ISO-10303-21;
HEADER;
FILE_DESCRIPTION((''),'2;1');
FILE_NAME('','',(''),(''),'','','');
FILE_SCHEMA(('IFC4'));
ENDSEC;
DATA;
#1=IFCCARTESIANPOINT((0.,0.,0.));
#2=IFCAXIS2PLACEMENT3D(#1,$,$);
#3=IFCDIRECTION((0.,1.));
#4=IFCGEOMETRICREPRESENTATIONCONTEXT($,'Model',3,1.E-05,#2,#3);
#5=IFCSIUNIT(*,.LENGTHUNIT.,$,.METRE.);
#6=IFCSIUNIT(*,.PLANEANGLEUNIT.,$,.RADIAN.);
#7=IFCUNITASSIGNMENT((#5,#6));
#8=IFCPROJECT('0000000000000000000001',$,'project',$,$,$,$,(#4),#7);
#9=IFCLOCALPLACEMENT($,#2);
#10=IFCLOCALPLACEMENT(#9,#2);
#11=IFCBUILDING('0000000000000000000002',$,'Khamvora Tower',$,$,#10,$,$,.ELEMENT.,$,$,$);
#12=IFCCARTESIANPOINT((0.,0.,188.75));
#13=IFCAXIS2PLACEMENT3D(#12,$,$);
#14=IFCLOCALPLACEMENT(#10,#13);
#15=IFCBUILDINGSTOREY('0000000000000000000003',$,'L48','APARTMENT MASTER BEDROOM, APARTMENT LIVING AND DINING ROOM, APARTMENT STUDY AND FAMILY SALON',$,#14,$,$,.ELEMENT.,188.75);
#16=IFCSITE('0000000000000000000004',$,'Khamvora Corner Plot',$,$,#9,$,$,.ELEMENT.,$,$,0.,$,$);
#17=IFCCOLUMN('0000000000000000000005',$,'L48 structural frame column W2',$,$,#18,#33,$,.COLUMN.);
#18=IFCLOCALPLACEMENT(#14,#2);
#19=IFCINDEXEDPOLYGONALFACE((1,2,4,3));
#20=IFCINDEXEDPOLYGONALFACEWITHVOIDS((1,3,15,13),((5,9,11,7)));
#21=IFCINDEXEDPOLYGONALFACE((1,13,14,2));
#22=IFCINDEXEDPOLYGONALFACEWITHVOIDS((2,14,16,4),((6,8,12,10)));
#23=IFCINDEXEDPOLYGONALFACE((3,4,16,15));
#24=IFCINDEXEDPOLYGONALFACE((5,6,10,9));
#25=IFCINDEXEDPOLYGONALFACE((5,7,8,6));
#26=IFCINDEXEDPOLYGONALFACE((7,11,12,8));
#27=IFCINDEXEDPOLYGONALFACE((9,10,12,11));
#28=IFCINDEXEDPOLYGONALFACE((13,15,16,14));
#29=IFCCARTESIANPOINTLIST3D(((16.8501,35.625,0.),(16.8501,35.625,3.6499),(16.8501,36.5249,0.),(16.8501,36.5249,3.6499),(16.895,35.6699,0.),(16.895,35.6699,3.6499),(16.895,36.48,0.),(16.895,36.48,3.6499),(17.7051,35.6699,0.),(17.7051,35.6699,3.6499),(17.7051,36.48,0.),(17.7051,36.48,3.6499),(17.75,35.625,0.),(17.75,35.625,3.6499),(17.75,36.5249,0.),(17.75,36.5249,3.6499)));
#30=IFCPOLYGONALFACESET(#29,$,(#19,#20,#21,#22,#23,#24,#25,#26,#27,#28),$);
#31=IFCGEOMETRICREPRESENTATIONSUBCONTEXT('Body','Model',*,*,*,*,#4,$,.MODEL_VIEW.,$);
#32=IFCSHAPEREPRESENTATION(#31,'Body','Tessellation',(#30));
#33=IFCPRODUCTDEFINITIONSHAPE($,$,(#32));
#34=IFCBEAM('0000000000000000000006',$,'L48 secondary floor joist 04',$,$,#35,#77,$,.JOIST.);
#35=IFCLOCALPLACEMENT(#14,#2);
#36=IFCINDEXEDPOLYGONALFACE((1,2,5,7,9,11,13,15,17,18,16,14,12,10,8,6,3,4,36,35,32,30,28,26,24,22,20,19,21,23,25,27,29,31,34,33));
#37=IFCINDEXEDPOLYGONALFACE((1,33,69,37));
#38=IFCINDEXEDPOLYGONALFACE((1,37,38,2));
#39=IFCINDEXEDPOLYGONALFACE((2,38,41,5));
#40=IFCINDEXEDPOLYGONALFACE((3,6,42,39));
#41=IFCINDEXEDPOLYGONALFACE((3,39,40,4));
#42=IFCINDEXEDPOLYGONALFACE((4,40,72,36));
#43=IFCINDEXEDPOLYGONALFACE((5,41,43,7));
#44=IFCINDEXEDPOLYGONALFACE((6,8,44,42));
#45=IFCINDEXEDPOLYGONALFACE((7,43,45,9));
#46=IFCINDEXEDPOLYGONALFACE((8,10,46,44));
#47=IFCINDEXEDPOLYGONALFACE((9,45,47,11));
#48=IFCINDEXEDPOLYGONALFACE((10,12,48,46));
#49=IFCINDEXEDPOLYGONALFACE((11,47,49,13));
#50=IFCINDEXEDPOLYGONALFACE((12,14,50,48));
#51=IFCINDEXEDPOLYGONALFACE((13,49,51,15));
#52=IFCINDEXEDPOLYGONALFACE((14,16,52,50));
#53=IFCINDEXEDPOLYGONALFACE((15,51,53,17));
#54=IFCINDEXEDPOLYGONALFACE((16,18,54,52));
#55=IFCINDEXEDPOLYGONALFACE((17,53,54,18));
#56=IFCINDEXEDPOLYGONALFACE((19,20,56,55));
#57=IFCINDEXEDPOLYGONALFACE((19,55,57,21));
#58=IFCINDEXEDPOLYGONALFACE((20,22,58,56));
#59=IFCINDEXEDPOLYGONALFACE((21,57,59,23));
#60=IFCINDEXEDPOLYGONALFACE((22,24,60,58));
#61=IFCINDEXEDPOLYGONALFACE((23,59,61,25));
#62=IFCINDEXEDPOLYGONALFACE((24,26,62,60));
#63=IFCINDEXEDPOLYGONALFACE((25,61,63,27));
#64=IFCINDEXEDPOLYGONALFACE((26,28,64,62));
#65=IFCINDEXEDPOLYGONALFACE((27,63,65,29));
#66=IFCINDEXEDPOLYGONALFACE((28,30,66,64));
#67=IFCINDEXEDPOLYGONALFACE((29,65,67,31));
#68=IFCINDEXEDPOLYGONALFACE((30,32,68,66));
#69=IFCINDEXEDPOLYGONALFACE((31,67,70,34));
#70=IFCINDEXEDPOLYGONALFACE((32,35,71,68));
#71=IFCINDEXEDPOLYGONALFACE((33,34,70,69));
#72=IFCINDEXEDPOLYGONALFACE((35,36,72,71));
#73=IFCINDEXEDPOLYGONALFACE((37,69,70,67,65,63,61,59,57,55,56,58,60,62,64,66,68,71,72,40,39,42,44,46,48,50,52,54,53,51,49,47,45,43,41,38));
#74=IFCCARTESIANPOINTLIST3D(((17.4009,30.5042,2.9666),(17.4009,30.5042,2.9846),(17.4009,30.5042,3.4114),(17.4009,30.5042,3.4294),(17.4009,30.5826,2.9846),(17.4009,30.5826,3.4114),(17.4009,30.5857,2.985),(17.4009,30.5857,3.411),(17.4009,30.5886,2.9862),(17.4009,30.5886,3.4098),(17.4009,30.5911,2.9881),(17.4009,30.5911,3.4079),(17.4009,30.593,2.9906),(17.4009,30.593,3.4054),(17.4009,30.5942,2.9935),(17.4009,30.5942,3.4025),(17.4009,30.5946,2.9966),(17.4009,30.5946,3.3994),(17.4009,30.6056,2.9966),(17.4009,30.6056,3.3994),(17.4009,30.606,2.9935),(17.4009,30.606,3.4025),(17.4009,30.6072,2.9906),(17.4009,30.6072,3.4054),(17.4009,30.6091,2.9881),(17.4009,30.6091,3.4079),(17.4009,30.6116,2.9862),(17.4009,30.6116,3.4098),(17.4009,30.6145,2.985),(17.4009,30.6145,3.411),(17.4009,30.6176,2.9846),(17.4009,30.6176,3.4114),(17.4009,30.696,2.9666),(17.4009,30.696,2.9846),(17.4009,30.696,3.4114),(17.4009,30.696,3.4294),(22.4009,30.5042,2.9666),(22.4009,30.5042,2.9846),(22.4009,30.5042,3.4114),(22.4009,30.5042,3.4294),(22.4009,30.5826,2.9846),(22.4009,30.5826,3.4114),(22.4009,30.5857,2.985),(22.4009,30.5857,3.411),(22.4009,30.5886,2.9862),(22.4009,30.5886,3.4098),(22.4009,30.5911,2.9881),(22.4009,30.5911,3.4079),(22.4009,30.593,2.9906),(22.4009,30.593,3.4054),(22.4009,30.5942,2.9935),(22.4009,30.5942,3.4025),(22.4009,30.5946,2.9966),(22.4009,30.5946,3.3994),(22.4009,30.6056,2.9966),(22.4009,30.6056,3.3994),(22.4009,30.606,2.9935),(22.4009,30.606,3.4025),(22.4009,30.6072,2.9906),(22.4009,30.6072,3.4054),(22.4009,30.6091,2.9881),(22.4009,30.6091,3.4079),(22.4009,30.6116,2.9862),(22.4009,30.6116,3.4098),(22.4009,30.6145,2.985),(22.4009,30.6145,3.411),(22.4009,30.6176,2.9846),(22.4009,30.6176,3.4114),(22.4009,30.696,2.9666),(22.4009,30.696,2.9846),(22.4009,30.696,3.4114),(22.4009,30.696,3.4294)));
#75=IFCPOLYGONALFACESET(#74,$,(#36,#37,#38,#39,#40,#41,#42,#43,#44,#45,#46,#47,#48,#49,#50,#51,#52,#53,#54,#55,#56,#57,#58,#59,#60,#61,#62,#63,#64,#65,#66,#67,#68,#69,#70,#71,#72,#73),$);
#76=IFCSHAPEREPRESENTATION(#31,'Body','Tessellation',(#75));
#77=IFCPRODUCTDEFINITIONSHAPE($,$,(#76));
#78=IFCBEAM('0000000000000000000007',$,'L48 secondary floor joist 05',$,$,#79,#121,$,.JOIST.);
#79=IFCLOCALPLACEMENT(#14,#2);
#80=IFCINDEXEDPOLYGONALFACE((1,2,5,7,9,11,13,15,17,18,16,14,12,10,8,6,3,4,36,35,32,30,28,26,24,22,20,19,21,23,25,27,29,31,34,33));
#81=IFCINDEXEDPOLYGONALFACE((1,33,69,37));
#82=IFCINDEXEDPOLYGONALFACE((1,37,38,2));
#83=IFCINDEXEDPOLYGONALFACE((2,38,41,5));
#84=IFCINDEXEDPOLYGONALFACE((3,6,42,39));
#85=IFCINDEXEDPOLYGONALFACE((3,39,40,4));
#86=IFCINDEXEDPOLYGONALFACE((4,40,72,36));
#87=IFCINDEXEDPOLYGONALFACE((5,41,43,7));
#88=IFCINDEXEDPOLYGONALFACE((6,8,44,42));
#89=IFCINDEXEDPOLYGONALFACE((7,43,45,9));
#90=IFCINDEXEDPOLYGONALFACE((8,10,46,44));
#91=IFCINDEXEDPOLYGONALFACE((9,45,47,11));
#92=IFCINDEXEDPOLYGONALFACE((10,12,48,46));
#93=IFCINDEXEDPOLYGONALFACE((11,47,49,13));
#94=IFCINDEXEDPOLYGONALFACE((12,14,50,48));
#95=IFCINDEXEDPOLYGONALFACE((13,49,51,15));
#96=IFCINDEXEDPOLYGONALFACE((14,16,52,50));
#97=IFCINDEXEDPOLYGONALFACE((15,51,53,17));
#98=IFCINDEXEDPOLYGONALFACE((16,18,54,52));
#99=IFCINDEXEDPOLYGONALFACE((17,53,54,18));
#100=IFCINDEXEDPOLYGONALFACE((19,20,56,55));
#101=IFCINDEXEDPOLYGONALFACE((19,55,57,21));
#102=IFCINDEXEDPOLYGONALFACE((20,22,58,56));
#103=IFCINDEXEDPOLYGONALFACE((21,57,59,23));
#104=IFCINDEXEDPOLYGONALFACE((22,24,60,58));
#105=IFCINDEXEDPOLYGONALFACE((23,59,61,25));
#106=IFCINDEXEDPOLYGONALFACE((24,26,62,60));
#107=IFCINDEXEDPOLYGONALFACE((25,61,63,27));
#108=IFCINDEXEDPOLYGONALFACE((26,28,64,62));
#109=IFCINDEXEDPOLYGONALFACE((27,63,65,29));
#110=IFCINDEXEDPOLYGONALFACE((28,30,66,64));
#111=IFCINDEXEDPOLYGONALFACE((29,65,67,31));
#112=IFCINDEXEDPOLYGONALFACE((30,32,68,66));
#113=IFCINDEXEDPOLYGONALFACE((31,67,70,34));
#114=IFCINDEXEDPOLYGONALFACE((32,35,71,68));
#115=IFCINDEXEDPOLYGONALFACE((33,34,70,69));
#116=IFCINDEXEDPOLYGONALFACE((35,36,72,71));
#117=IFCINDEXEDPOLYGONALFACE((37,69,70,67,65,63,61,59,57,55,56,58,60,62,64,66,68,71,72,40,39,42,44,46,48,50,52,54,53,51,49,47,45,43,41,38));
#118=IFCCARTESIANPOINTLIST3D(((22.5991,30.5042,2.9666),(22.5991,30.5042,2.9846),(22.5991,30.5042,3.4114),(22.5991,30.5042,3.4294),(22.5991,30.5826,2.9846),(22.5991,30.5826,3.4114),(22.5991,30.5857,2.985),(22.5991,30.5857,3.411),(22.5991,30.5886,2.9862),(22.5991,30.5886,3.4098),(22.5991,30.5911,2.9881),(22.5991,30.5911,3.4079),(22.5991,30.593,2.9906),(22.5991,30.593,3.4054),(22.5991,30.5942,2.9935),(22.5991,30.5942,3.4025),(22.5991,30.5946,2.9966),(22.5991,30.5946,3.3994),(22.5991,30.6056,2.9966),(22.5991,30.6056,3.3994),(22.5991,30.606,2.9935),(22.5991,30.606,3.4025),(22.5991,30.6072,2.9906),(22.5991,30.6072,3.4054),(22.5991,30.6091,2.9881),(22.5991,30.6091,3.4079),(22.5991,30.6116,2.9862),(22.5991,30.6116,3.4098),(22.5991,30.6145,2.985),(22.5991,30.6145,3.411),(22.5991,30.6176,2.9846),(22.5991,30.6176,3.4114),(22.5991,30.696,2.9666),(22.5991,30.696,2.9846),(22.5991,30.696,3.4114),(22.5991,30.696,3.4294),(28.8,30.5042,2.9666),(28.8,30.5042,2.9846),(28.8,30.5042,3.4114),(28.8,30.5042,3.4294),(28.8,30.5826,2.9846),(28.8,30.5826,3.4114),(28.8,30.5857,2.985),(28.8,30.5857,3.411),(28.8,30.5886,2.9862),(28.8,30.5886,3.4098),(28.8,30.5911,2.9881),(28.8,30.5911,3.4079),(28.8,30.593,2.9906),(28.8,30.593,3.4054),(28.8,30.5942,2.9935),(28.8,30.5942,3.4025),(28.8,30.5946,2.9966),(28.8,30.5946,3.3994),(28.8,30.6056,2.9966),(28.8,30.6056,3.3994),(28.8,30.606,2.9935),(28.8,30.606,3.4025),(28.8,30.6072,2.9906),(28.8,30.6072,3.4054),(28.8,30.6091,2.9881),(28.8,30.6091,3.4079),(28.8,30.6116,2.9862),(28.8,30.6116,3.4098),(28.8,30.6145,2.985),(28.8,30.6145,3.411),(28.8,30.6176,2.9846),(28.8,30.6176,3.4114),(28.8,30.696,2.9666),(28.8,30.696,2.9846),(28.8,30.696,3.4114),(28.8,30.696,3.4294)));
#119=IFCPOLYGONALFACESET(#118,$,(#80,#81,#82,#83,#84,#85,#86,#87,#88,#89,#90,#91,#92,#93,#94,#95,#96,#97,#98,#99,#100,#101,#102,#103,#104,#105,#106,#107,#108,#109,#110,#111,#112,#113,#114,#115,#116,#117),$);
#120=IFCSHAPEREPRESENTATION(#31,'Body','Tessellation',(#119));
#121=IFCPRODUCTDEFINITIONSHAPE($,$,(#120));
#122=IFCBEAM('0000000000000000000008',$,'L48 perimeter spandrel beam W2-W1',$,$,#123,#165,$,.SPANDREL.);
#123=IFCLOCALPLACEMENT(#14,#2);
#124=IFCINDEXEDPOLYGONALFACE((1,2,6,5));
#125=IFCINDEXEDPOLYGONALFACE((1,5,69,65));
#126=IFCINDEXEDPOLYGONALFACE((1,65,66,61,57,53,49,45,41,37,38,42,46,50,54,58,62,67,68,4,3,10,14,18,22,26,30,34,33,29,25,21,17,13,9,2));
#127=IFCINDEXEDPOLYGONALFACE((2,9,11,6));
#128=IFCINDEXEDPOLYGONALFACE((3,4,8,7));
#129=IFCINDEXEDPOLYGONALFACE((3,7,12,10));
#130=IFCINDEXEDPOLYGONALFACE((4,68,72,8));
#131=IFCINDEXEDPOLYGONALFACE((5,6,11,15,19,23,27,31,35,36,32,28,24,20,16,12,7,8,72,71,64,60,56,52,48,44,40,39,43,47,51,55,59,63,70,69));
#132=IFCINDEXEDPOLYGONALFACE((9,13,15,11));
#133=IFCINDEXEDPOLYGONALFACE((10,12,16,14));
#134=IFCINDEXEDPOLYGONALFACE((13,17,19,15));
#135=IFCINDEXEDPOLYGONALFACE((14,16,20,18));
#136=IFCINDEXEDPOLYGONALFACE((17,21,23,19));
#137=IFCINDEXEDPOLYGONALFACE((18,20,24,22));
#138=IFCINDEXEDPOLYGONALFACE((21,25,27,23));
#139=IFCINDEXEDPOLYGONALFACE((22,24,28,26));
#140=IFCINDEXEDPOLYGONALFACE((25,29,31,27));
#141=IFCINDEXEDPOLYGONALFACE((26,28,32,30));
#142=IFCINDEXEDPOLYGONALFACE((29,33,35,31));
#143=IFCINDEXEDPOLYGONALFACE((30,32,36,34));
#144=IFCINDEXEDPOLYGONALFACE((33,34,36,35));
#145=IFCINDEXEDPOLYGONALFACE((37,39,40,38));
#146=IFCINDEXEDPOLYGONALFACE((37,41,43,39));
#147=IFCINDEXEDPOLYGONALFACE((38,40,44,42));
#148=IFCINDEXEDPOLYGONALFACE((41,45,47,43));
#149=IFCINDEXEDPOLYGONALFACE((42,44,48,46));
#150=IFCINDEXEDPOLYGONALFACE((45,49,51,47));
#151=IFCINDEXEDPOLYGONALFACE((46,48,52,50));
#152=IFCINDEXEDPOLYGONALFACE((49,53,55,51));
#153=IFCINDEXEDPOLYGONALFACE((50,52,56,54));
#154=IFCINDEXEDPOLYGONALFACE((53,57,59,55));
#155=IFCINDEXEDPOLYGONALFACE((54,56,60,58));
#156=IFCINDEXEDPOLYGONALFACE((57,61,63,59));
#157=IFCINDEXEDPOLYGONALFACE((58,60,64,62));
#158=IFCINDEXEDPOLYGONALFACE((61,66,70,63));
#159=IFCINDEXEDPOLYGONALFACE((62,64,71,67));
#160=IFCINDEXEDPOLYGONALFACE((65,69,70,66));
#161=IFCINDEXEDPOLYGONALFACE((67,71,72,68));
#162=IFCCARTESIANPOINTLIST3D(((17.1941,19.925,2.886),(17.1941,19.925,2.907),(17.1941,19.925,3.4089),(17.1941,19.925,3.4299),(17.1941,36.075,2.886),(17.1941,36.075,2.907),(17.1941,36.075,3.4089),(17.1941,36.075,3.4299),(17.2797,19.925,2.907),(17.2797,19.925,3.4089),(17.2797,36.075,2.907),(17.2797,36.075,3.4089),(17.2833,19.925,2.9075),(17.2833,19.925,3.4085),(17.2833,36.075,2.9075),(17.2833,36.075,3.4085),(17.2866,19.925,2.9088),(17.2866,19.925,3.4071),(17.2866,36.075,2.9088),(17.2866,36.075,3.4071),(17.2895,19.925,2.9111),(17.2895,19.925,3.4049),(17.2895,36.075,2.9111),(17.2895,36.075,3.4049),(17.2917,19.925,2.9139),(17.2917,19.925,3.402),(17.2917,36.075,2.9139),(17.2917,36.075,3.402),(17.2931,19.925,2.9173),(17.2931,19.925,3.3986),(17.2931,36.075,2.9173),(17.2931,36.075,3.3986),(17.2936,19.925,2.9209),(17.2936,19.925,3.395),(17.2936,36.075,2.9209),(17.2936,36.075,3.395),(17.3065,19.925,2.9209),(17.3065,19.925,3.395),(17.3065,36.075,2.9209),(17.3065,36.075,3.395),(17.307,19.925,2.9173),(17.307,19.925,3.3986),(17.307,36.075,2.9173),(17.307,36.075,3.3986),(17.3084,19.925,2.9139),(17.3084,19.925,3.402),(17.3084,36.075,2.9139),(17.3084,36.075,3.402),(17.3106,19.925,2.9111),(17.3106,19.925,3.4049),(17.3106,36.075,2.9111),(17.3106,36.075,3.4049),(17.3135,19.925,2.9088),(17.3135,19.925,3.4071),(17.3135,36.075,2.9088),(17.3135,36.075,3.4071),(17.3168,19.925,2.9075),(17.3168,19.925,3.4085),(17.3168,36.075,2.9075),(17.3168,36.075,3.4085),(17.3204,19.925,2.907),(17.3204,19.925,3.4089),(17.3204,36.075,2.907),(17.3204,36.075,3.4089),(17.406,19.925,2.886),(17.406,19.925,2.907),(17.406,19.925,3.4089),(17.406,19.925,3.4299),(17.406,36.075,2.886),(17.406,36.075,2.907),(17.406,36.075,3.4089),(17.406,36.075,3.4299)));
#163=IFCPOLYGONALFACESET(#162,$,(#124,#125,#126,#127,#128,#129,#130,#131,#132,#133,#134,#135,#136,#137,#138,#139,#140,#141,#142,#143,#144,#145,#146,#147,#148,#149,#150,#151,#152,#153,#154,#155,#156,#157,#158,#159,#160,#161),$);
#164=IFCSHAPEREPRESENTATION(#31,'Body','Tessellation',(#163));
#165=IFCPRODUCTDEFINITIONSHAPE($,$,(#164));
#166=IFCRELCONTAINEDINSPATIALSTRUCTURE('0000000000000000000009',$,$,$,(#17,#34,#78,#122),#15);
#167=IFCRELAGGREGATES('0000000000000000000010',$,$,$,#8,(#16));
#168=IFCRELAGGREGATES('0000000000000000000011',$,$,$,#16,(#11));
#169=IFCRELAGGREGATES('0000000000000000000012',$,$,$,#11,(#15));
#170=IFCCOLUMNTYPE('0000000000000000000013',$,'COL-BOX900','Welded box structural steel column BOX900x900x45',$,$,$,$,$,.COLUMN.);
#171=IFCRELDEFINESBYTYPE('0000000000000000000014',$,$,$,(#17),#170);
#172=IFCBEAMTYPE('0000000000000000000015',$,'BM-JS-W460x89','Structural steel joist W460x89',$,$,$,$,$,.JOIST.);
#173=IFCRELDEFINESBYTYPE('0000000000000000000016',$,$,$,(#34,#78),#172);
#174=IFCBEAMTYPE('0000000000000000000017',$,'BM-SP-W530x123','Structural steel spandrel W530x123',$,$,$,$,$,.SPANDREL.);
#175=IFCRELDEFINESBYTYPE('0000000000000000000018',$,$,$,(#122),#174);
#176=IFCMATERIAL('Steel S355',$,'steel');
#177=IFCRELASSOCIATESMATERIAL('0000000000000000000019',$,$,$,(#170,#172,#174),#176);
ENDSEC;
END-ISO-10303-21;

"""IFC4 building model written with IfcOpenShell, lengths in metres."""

from ifc_helpers import new_model, si_unit, direction, frame, origin, origin_2d, place, context, subcontext, project, spatial, hollow_rectangle, i_section, extrude, material, material_profile, profile_set, type_object, element, save


model = new_model("IFC4")

# Units and contexts
model_context = context("Model", 3, precision=1e-05, world=origin(), true_north=direction((0.0, 1.0)))
body_context = subcontext(model_context, "Body", "Model", "MODEL_VIEW")
ifc_project = project(units=[si_unit("LENGTHUNIT", "METRE"), si_unit("PLANEANGLEUNIT", "RADIAN")], contexts=[model_context])

# Site, building, storey
site_placement = place(None, origin())
site = spatial("IfcSite", under=ifc_project, at=site_placement, Name="Khamvora Corner Plot", CompositionType="ELEMENT", RefElevation=0.0)
building_placement = place(site_placement, origin())
building = spatial("IfcBuilding", under=site, at=building_placement, Name="Khamvora Tower", CompositionType="ELEMENT")
storey_placement = place(building_placement, frame((0.0, 0.0, 188.75)))
storey = spatial("IfcBuildingStorey", under=building, at=storey_placement, Name="L48", Description="APARTMENT MASTER BEDROOM, APARTMENT LIVING AND DINING ROOM, APARTMENT STUDY AND FAMILY SALON", CompositionType="ELEMENT", Elevation=188.75)

# Column
ifc_material_1 = material(Name="Steel S355", Category="steel")
ifc_material_profile_1 = material_profile(ifc_material_1, hollow_rectangle(XDim=0.8999, YDim=0.8999, WallThickness=0.0449, at=origin_2d()), Name="BOX900x900x45")
ifc_profile_set_1 = profile_set([ifc_material_profile_1], Name="Steel S355")
column_type = type_object("IfcColumnType", Name="COL-BOX900", Description="Welded box structural steel column BOX900x900x45", PredefinedType="COLUMN", material=ifc_profile_set_1)
column_placement = place(storey_placement, frame((17.3, 36.075, 0.0), z_axis=(0.0, 0.0, 1.0), x_axis=(1.0, 0.0, 0.0)))
element("IfcColumn", 1, at=column_placement, inside=storey, type_object=column_type, Name="L48 structural frame column W2", PredefinedType="COLUMN", context=body_context, shape_type="SweptSolid", body=[
    extrude(hollow_rectangle(XDim=0.8999, YDim=0.8999, WallThickness=0.0449, at=origin_2d()), origin(), (0.0, 0.0, 1.0), 3.6499),
])

# Beams
ifc_material_profile_2 = material_profile(ifc_material_1, i_section(OverallWidth=0.1919, OverallDepth=0.4629, WebThickness=0.011, FlangeThickness=0.0181, FilletRadius=0.012, at=origin_2d()), Name="W460x89")
ifc_profile_set_2 = profile_set([ifc_material_profile_2], Name="Steel S355")
beam_type_1 = type_object("IfcBeamType", Name="BM-JS-W460x89", Description="Structural steel joist W460x89", PredefinedType="JOIST", material=ifc_profile_set_2)
beam_1_placement = place(storey_placement, frame((17.4009, 30.6001, 3.198), z_axis=(1.0, 0.0, 0.0), x_axis=(0.0, 1.0, 0.0)))
element("IfcBeam", 2, at=beam_1_placement, inside=storey, type_object=beam_type_1, Name="L48 secondary floor joist 04", PredefinedType="JOIST", context=body_context, shape_type="SweptSolid", body=[
    extrude(i_section(OverallWidth=0.1919, OverallDepth=0.4629, WebThickness=0.011, FlangeThickness=0.0181, FilletRadius=0.012, at=origin_2d()), origin(), (0.0, 0.0, 1.0), 5.0),
])
beam_2_placement = place(storey_placement, frame((22.5991, 30.6001, 3.198), z_axis=(1.0, 0.0, 0.0), x_axis=(0.0, 1.0, 0.0)))
element("IfcBeam", 3, at=beam_2_placement, inside=storey, type_object=beam_type_1, Name="L48 secondary floor joist 05", PredefinedType="JOIST", context=body_context, shape_type="SweptSolid", body=[
    extrude(i_section(OverallWidth=0.1919, OverallDepth=0.4629, WebThickness=0.011, FlangeThickness=0.0181, FilletRadius=0.012, at=origin_2d()), origin(), (0.0, 0.0, 1.0), 6.2009),
])
ifc_material_profile_3 = material_profile(ifc_material_1, i_section(OverallWidth=0.2119, OverallDepth=0.5439, WebThickness=0.0129, FlangeThickness=0.021, FilletRadius=0.0139, at=origin_2d()), Name="W530x123")
ifc_profile_set_3 = profile_set([ifc_material_profile_3], Name="Steel S355")
beam_type_2 = type_object("IfcBeamType", Name="BM-SP-W530x123", Description="Structural steel spandrel W530x123", PredefinedType="SPANDREL", material=ifc_profile_set_3)
beam_3_placement = place(storey_placement, frame((17.3, 36.075, 3.158), z_axis=(0.0, -1.0, 0.0), x_axis=(1.0, 0.0, 0.0)))
element("IfcBeam", 4, at=beam_3_placement, inside=storey, type_object=beam_type_2, Name="L48 perimeter spandrel beam W2-W1", PredefinedType="SPANDREL", context=body_context, shape_type="SweptSolid", body=[
    extrude(i_section(OverallWidth=0.2119, OverallDepth=0.5439, WebThickness=0.0129, FlangeThickness=0.021, FilletRadius=0.0139, at=origin_2d()), origin(), (0.0, 0.0, 1.0), 16.1499),
])

save(model, "model.ifc")
